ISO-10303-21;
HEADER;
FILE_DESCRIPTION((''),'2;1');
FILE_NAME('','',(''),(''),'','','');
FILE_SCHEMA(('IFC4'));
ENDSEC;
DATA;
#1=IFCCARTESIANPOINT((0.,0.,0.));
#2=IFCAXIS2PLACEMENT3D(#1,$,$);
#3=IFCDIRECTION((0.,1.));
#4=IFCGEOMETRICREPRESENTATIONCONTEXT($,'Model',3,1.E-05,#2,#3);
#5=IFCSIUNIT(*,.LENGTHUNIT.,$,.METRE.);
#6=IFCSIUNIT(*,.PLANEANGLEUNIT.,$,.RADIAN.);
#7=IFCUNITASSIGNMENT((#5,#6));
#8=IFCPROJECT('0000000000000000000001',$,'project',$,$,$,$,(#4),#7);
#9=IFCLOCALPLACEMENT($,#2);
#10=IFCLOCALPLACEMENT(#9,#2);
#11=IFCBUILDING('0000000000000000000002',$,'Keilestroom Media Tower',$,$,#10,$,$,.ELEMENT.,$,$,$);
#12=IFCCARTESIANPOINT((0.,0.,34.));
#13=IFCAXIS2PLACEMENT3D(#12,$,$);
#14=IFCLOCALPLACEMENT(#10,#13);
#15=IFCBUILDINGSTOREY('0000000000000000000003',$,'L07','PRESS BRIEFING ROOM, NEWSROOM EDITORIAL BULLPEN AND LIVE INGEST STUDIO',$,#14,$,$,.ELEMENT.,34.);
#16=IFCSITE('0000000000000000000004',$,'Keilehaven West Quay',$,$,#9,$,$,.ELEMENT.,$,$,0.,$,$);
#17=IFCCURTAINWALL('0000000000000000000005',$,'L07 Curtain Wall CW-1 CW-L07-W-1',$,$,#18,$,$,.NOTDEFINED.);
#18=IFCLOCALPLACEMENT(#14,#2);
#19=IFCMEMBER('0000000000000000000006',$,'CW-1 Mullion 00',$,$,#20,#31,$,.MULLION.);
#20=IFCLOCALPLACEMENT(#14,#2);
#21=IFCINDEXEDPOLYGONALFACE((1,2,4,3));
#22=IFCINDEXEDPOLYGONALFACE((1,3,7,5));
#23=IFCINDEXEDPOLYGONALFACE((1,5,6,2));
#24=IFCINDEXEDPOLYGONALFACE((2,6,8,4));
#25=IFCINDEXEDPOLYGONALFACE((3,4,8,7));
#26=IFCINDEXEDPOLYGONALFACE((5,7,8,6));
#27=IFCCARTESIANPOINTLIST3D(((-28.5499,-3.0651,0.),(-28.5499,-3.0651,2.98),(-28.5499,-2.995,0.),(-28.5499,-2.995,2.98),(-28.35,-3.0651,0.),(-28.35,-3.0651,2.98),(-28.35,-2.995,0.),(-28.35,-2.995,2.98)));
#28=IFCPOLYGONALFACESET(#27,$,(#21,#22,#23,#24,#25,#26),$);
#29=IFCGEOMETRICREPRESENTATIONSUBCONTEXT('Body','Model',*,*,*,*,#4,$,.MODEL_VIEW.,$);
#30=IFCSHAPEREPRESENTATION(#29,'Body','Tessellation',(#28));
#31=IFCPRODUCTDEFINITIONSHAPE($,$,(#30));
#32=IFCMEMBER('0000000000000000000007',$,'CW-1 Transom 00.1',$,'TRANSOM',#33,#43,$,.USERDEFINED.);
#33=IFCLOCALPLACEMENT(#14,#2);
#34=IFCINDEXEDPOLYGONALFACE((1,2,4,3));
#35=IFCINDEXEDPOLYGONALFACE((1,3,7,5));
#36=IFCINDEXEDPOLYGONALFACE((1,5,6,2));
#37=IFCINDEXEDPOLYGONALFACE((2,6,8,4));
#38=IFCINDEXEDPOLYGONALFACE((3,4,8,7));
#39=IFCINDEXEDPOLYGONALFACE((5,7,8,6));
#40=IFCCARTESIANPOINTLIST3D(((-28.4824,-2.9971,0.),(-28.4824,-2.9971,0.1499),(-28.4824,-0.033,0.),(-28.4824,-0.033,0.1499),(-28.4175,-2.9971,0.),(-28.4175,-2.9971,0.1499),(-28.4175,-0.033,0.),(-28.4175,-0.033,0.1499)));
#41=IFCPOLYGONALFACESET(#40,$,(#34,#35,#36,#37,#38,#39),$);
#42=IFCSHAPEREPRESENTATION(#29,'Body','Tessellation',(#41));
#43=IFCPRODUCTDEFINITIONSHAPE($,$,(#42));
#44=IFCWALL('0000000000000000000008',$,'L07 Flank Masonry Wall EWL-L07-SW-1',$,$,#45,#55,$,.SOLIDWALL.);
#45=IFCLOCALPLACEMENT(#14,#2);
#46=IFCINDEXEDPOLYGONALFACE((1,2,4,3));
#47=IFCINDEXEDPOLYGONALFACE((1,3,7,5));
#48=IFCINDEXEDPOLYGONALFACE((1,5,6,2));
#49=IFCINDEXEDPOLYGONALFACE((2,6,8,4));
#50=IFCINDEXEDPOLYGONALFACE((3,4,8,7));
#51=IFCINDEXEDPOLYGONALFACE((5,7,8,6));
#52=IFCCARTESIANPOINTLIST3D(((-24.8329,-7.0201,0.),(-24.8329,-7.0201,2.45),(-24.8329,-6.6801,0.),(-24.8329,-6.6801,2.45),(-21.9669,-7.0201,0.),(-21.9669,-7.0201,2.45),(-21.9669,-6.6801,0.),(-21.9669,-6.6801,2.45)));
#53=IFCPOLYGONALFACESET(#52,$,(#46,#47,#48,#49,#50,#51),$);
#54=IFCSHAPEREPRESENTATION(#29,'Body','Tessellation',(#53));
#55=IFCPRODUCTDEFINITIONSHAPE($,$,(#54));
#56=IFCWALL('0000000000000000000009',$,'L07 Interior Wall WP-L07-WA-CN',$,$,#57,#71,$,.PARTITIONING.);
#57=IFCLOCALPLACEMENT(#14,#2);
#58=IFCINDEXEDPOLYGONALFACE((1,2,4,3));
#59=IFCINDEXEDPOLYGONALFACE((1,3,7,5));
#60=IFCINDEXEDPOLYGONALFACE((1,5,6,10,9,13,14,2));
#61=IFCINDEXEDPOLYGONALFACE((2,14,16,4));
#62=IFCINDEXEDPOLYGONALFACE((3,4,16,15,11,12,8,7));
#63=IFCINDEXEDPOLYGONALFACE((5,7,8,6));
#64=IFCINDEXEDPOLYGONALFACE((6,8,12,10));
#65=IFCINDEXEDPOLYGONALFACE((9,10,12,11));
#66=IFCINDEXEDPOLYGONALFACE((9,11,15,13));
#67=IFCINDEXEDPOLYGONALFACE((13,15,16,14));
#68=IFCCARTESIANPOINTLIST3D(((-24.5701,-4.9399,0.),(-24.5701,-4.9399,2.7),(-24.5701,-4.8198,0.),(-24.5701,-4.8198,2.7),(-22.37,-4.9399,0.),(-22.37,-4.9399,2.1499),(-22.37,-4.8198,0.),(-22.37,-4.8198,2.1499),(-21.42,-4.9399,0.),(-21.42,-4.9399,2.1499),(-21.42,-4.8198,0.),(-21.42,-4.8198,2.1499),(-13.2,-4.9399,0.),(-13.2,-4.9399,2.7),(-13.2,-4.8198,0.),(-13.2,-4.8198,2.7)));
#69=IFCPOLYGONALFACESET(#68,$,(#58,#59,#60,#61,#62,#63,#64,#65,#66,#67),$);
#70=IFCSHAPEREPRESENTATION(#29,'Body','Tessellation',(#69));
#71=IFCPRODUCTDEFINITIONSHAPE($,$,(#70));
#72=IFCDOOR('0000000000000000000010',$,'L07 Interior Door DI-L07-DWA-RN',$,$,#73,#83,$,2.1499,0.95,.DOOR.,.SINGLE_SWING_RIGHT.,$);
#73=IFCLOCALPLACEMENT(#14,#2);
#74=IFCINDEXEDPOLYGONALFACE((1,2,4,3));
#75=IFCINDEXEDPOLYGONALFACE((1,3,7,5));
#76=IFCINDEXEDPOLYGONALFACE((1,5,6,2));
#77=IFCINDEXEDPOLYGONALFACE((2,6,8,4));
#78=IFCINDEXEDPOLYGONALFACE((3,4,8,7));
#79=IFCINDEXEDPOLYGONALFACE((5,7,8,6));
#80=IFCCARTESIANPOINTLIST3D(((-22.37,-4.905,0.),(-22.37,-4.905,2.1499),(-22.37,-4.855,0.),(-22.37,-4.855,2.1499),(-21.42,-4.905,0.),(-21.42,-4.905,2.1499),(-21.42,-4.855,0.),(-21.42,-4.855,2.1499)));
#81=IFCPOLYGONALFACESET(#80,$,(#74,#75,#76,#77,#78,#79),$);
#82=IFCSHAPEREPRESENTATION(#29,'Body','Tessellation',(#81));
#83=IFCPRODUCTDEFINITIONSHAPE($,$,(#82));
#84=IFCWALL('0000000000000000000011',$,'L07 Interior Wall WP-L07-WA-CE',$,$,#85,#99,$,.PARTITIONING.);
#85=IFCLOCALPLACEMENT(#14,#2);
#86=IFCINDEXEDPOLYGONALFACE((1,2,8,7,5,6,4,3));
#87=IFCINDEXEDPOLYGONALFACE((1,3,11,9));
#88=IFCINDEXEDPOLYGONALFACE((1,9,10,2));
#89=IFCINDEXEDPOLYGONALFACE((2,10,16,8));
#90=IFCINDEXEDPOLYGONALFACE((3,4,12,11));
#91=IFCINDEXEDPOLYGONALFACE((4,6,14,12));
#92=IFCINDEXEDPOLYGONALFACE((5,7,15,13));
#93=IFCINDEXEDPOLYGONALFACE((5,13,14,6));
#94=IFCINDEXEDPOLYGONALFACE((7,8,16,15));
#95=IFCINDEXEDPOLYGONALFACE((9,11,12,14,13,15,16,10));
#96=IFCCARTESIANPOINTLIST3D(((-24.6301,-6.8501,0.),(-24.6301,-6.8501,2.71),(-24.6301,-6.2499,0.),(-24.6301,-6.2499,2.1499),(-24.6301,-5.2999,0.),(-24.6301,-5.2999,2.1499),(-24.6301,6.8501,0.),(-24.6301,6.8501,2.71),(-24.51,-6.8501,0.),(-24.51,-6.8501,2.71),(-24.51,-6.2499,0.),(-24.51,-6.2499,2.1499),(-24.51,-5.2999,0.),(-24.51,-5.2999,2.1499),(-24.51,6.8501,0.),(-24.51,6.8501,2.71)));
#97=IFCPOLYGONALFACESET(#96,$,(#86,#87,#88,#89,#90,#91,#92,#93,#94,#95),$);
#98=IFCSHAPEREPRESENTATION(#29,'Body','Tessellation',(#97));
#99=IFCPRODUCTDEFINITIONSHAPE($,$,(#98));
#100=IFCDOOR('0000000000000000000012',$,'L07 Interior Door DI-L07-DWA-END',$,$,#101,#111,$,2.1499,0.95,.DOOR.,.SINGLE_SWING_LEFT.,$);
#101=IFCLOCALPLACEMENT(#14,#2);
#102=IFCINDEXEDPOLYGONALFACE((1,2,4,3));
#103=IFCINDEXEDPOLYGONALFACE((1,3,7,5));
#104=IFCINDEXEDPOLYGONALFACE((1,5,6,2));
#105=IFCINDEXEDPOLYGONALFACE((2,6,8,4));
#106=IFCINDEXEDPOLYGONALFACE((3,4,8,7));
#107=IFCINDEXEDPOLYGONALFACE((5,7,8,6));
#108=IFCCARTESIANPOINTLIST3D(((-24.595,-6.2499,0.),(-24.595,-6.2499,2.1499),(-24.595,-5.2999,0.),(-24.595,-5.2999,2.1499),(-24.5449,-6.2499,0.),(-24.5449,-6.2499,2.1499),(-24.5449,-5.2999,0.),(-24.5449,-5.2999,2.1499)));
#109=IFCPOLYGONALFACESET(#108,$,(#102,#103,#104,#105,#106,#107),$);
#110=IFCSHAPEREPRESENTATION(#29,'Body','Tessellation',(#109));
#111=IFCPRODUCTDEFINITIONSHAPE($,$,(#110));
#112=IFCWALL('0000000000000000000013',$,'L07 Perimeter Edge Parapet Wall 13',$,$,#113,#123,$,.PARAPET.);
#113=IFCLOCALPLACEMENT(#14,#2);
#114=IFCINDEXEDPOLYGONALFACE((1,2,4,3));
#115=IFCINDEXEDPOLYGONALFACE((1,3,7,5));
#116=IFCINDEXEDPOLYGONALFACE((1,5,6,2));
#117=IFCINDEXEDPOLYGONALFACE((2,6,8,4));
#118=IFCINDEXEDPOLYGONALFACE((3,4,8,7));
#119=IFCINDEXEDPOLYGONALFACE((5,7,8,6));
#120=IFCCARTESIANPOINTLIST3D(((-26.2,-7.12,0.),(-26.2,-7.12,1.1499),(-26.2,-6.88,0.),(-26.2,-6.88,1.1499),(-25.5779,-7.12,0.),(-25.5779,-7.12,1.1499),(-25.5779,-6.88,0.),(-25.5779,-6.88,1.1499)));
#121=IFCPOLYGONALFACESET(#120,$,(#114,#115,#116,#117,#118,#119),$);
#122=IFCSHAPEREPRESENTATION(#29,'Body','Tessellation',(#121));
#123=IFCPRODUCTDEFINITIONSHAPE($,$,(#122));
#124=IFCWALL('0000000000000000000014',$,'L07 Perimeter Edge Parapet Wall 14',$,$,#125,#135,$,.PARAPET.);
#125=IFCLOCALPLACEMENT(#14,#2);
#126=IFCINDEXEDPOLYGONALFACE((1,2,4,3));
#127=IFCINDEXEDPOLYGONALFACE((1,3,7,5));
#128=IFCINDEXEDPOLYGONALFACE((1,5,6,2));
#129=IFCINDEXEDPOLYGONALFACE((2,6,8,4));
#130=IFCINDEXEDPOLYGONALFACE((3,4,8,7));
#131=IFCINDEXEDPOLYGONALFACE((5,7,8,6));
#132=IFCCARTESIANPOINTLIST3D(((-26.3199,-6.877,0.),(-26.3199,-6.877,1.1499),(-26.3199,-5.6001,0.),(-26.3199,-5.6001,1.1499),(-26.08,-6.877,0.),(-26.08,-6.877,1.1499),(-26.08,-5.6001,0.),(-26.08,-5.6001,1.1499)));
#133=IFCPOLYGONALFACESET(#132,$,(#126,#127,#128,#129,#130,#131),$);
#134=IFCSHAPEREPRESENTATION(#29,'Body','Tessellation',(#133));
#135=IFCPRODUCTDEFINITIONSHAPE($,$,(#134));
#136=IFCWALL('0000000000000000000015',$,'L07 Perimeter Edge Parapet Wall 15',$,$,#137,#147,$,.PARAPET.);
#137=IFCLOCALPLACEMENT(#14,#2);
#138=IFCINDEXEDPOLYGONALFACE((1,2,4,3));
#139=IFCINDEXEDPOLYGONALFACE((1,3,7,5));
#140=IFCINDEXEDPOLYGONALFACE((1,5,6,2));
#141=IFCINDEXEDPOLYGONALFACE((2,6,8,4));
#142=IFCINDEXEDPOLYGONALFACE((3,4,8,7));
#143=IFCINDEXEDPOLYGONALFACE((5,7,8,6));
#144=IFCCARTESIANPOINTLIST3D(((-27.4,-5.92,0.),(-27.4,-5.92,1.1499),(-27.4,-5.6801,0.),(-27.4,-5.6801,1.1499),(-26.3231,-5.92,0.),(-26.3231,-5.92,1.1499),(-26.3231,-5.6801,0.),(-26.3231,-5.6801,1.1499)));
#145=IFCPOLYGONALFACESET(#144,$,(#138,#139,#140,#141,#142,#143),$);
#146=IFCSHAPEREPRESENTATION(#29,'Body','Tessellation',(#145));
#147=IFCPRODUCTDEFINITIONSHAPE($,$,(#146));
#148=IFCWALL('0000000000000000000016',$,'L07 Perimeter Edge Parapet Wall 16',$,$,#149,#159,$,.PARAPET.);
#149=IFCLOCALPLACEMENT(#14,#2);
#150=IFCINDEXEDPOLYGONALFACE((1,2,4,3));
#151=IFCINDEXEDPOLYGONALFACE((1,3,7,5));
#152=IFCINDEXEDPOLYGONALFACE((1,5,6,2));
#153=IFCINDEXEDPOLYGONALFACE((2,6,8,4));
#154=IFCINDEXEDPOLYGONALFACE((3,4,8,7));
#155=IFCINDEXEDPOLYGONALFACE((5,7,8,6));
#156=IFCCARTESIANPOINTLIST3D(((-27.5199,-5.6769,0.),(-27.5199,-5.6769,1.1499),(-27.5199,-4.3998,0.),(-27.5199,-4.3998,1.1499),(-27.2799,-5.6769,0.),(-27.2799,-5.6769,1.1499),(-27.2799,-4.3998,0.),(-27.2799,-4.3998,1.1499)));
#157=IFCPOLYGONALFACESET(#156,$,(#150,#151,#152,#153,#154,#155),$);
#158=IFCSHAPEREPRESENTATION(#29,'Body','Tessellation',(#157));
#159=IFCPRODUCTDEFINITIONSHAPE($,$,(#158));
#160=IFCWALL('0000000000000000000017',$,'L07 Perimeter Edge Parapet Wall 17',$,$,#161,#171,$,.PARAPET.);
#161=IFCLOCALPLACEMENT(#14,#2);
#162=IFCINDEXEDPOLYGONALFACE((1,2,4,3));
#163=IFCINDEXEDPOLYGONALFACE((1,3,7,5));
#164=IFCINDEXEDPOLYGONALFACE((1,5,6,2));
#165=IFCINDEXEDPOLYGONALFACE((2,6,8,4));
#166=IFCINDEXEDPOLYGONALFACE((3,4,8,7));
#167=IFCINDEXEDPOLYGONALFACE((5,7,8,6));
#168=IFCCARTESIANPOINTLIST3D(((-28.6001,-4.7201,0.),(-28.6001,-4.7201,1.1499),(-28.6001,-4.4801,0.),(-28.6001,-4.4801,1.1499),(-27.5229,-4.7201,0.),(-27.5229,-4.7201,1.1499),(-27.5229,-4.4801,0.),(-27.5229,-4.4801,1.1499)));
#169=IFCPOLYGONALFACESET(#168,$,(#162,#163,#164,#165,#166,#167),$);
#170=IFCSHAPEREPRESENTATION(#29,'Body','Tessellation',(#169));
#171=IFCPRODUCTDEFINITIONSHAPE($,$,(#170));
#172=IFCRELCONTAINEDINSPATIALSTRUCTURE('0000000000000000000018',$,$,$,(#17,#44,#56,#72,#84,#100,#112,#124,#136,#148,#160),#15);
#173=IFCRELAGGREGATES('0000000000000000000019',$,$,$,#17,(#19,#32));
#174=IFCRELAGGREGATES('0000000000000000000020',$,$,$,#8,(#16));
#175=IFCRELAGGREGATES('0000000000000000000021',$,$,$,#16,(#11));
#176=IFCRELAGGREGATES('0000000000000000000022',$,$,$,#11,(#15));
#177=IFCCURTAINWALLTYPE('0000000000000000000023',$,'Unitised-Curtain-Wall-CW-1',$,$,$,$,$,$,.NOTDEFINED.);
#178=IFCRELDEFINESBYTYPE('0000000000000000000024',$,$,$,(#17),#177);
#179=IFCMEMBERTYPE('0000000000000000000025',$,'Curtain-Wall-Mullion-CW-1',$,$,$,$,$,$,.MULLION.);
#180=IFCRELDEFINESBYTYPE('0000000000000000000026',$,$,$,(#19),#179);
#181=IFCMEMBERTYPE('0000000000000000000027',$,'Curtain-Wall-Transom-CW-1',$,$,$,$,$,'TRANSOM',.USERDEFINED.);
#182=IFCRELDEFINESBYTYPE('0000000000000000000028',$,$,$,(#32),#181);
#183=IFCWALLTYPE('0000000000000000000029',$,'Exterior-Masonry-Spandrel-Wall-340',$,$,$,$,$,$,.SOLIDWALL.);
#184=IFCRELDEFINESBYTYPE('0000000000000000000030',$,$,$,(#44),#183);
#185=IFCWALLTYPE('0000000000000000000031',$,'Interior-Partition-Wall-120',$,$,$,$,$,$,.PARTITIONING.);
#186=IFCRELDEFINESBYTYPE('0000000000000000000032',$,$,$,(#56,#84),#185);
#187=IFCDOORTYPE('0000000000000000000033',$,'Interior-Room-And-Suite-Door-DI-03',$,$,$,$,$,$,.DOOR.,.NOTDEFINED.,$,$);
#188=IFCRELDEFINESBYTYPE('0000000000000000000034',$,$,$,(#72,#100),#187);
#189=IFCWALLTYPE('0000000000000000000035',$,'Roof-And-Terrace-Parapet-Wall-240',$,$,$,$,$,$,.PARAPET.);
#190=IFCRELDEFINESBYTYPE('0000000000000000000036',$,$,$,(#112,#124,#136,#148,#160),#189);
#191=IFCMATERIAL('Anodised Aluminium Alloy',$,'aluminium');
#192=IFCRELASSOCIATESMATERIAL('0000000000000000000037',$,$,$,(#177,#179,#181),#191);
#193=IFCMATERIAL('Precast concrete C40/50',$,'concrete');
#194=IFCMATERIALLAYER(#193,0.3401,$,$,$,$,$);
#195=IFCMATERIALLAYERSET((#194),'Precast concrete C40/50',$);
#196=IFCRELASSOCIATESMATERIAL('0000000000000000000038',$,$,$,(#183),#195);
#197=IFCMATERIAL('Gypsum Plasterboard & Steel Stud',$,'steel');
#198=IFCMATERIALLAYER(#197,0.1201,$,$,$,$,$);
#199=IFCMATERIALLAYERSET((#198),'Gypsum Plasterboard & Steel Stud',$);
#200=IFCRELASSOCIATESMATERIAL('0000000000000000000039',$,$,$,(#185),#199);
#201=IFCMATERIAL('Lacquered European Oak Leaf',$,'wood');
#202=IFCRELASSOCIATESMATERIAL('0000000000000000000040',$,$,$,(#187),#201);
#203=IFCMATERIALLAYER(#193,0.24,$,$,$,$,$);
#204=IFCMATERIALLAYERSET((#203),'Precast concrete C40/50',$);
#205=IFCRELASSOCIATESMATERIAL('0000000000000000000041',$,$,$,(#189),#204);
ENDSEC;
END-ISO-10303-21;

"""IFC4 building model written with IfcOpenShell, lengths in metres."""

from ifc_helpers import new_model, si_unit, direction, frame, frame_2d, origin, origin_2d, place, context, subcontext, project, spatial, rectangle, extrude, source, transform, mapped, material, layer, layer_set, material_profile, profile_set, type_object, element, fill, aggregate, save


model = new_model("IFC4")

# Units and contexts
model_context = context("Model", 3, precision=1e-05, world=origin(), true_north=direction((0.0, 1.0)))
body_context = subcontext(model_context, "Body", "Model", "MODEL_VIEW")
ifc_project = project(units=[si_unit("LENGTHUNIT", "METRE"), si_unit("PLANEANGLEUNIT", "RADIAN")], contexts=[model_context])

# Site, building, storey
site_placement = place(None, origin())
site = spatial("IfcSite", under=ifc_project, at=site_placement, Name="Keilehaven West Quay", CompositionType="ELEMENT", RefElevation=0.0)
building_placement = place(site_placement, origin())
building = spatial("IfcBuilding", under=site, at=building_placement, Name="Keilestroom Media Tower", CompositionType="ELEMENT")
storey_placement = place(building_placement, frame((0.0, 0.0, 34.0)))
storey = spatial("IfcBuildingStorey", under=building, at=storey_placement, Name="L07", Description="PRESS BRIEFING ROOM, NEWSROOM EDITORIAL BULLPEN AND LIVE INGEST STUDIO", CompositionType="ELEMENT", Elevation=34.0)

# Shared definitions
ifc_material_1 = material(Name="Precast concrete C40/50", Category="concrete")

# Curtain wall, members
ifc_material_2 = material(Name="Anodised Aluminium Alloy", Category="aluminium")
curtain_wall_type = type_object("IfcCurtainWallType", Name="Unitised-Curtain-Wall-CW-1", PredefinedType="NOTDEFINED", material=ifc_material_2)
curtain_wall_placement = place(storey_placement, origin())
curtain_wall = element("IfcCurtainWall", 1, at=curtain_wall_placement, inside=storey, type_object=curtain_wall_type, Name="L07 Curtain Wall CW-1 CW-L07-W-1", PredefinedType="NOTDEFINED")
ifc_material_profile_1 = material_profile(ifc_material_2, rectangle(XDim=0.0701, YDim=0.2, at=origin_2d()), Name="ALU MULLION 70x200")
ifc_profile_set_1 = profile_set([ifc_material_profile_1], Name="Anodised Aluminium Alloy")
member_type_1 = type_object("IfcMemberType", Name="Curtain-Wall-Mullion-CW-1", PredefinedType="MULLION", material=ifc_profile_set_1)
shared_shape_1 = source(origin(), body_context, "Body", "SweptSolid", [
    extrude(rectangle(XDim=0.0701, YDim=0.2, at=origin_2d()), origin(), (0.0, 0.0, 1.0), 2.98),
])
member_1_placement = place(storey_placement, frame((-28.45, -3.03, 0.0), z_axis=(0.0, 0.0, 1.0), x_axis=(0.0, 1.0, 0.0)))
member_1 = element("IfcMember", 2, at=member_1_placement, type_object=member_type_1, Name="CW-1 Mullion 00", PredefinedType="MULLION", context=body_context, shape_type="MappedRepresentation", body=[
    mapped(shared_shape_1, transform((0.0, 0.0, 0.0), x_axis=(1.0, 0.0, 0.0), y_axis=(0.0, 1.0, 0.0), z_axis=(0.0, 0.0, 1.0), scale=1.0)),
])
ifc_material_profile_2 = material_profile(ifc_material_2, rectangle(XDim=0.0649, YDim=0.1499, at=origin_2d()), Name="ALU TRANSOM 65x150")
ifc_profile_set_2 = profile_set([ifc_material_profile_2], Name="Anodised Aluminium Alloy")
member_type_2 = type_object("IfcMemberType", Name="Curtain-Wall-Transom-CW-1", ElementType="TRANSOM", PredefinedType="USERDEFINED", material=ifc_profile_set_2)
shared_shape_2 = source(origin(), body_context, "Body", "SweptSolid", [
    extrude(rectangle(XDim=0.0649, YDim=0.1499, at=origin_2d()), origin(), (0.0, 0.0, 1.0), 2.9641),
])
member_2_placement = place(storey_placement, frame((-28.45, -2.9971, 0.075), z_axis=(0.0, 1.0, 0.0), x_axis=(-1.0, 0.0, 0.0)))
member_2 = element("IfcMember", 3, at=member_2_placement, type_object=member_type_2, Name="CW-1 Transom 00.1", ObjectType="TRANSOM", PredefinedType="USERDEFINED", context=body_context, shape_type="MappedRepresentation", body=[
    mapped(shared_shape_2, transform((0.0, 0.0, 0.0), x_axis=(1.0, 0.0, 0.0), y_axis=(0.0, 1.0, 0.0), z_axis=(0.0, 0.0, 1.0), scale=1.0)),
])
aggregate(curtain_wall, [member_1, member_2])

# Wall
ifc_layer_1 = layer(ifc_material_1, 0.3401)
ifc_layer_set_1 = layer_set([ifc_layer_1], Name="Precast concrete C40/50")
wall_type_1 = type_object("IfcWallType", Name="Exterior-Masonry-Spandrel-Wall-340", PredefinedType="SOLIDWALL", material=ifc_layer_set_1)
wall_1_placement = place(storey_placement, frame((-24.833, -6.8501, 0.0), z_axis=(0.0, 0.0, 1.0), x_axis=(1.0, 0.0, 0.0)))
element("IfcWall", 4, at=wall_1_placement, inside=storey, type_object=wall_type_1, Name="L07 Flank Masonry Wall EWL-L07-SW-1", PredefinedType="SOLIDWALL", context=body_context, shape_type="SweptSolid", body=[
    extrude(rectangle(XDim=2.866, YDim=0.3401, at=frame_2d((1.4331, 0.0))), origin(), (0.0, 0.0, 1.0), 2.45),
])

# Walls, openings, doors
ifc_material_3 = material(Name="Gypsum Plasterboard & Steel Stud", Category="steel")
ifc_layer_2 = layer(ifc_material_3, 0.1201)
ifc_layer_set_2 = layer_set([ifc_layer_2], Name="Gypsum Plasterboard & Steel Stud")
wall_type_2 = type_object("IfcWallType", Name="Interior-Partition-Wall-120", PredefinedType="PARTITIONING", material=ifc_layer_set_2)
wall_2_placement = place(storey_placement, frame((-24.5701, -4.8799, 0.0), z_axis=(0.0, 0.0, 1.0), x_axis=(1.0, 0.0, 0.0)))
wall_2 = element("IfcWall", 5, at=wall_2_placement, inside=storey, type_object=wall_type_2, Name="L07 Interior Wall WP-L07-WA-CN", PredefinedType="PARTITIONING", context=body_context, shape_type="SweptSolid", body=[
    extrude(rectangle(XDim=11.3701, YDim=0.1201, at=frame_2d((5.6851, 0.0))), origin(), (0.0, 0.0, 1.0), 2.7),
])
opening_1_placement = place(wall_2_placement, frame((2.2, 0.0, 0.0)))
opening_1 = element("IfcOpeningElement", 6, at=opening_1_placement, cuts=wall_2, PredefinedType="OPENING", context=body_context, shape_type="SweptSolid", body=[
    extrude(rectangle(XDim=0.95, YDim=2.1499, at=frame_2d((0.4751, 1.075))), frame((0.0, 0.0701, 0.0), z_axis=(0.0, -1.0, 0.0), x_axis=(1.0, 0.0, 0.0)), (0.0, 0.0, 1.0), 0.1401),
])
ifc_material_4 = material(Name="Lacquered European Oak Leaf", Category="wood")
door_type = type_object("IfcDoorType", Name="Interior-Room-And-Suite-Door-DI-03", OperationType="NOTDEFINED", PredefinedType="DOOR", material=ifc_material_4)
shared_shape_3 = source(origin(), body_context, "Body", "SweptSolid", [
    extrude(rectangle(XDim=0.95, YDim=2.1499, at=frame_2d((0.4751, 1.075))), frame((0.0, 0.0249, 0.0), z_axis=(0.0, -1.0, 0.0), x_axis=(1.0, 0.0, 0.0)), (0.0, 0.0, 1.0), 0.05),
])
door_1_placement = place(opening_1_placement, origin())
door_1 = element("IfcDoor", 7, at=door_1_placement, inside=storey, type_object=door_type, Name="L07 Interior Door DI-L07-DWA-RN", OperationType="SINGLE_SWING_RIGHT", OverallHeight=2.1499, OverallWidth=0.95, PredefinedType="DOOR", context=body_context, shape_type="MappedRepresentation", body=[
    mapped(shared_shape_3, transform((0.0, 0.0, 0.0), x_axis=(1.0, 0.0, 0.0), y_axis=(0.0, 1.0, 0.0), z_axis=(0.0, 0.0, 1.0), scale=1.0)),
])
fill(opening_1, door_1)
wall_3_placement = place(storey_placement, frame((-24.5701, -6.8501, 0.0), z_axis=(0.0, 0.0, 1.0), x_axis=(0.0, 1.0, 0.0)))
wall_3 = element("IfcWall", 8, at=wall_3_placement, inside=storey, type_object=wall_type_2, Name="L07 Interior Wall WP-L07-WA-CE", PredefinedType="PARTITIONING", context=body_context, shape_type="SweptSolid", body=[
    extrude(rectangle(XDim=13.7002, YDim=0.1201, at=frame_2d((6.8501, 0.0))), origin(), (0.0, 0.0, 1.0), 2.71),
])
opening_2_placement = place(wall_3_placement, frame((0.6001, 0.0, 0.0)))
opening_2 = element("IfcOpeningElement", 9, at=opening_2_placement, cuts=wall_3, PredefinedType="OPENING", context=body_context, shape_type="SweptSolid", body=[
    extrude(rectangle(XDim=0.95, YDim=2.1499, at=frame_2d((0.4751, 1.075))), frame((0.0, 0.0701, 0.0), z_axis=(0.0, -1.0, 0.0), x_axis=(1.0, 0.0, 0.0)), (0.0, 0.0, 1.0), 0.1401),
])
door_2_placement = place(opening_2_placement, origin())
door_2 = element("IfcDoor", 10, at=door_2_placement, inside=storey, type_object=door_type, Name="L07 Interior Door DI-L07-DWA-END", OperationType="SINGLE_SWING_LEFT", OverallHeight=2.1499, OverallWidth=0.95, PredefinedType="DOOR", context=body_context, shape_type="MappedRepresentation", body=[
    mapped(shared_shape_3, transform((0.0, 0.0, 0.0), x_axis=(1.0, 0.0, 0.0), y_axis=(0.0, 1.0, 0.0), z_axis=(0.0, 0.0, 1.0), scale=1.0)),
])
fill(opening_2, door_2)

# Walls
ifc_layer_3 = layer(ifc_material_1, 0.24)
ifc_layer_set_3 = layer_set([ifc_layer_3], Name="Precast concrete C40/50")
wall_type_3 = type_object("IfcWallType", Name="Roof-And-Terrace-Parapet-Wall-240", PredefinedType="PARAPET", material=ifc_layer_set_3)
wall_4_placement = place(storey_placement, frame((-25.5779, -7.0, 0.0), z_axis=(0.0, 0.0, 1.0), x_axis=(-1.0, 0.0, 0.0)))
element("IfcWall", 11, at=wall_4_placement, inside=storey, type_object=wall_type_3, Name="L07 Perimeter Edge Parapet Wall 13", PredefinedType="PARAPET", context=body_context, shape_type="SweptSolid", body=[
    extrude(rectangle(XDim=0.6221, YDim=0.24, at=frame_2d((0.311, 0.0))), origin(), (0.0, 0.0, 1.0), 1.1499),
])
wall_5_placement = place(storey_placement, frame((-26.2, -6.877, 0.0), z_axis=(0.0, 0.0, 1.0), x_axis=(0.0, 1.0, 0.0)))
element("IfcWall", 12, at=wall_5_placement, inside=storey, type_object=wall_type_3, Name="L07 Perimeter Edge Parapet Wall 14", PredefinedType="PARAPET", context=body_context, shape_type="SweptSolid", body=[
    extrude(rectangle(XDim=1.2769, YDim=0.24, at=frame_2d((0.6384, 0.0))), origin(), (0.0, 0.0, 1.0), 1.1499),
])
wall_6_placement = place(storey_placement, frame((-26.323, -5.8, 0.0), z_axis=(0.0, 0.0, 1.0), x_axis=(-1.0, 0.0, 0.0)))
element("IfcWall", 13, at=wall_6_placement, inside=storey, type_object=wall_type_3, Name="L07 Perimeter Edge Parapet Wall 15", PredefinedType="PARAPET", context=body_context, shape_type="SweptSolid", body=[
    extrude(rectangle(XDim=1.0769, YDim=0.24, at=frame_2d((0.5386, 0.0))), origin(), (0.0, 0.0, 1.0), 1.1499),
])
wall_7_placement = place(storey_placement, frame((-27.3999, -5.677, 0.0), z_axis=(0.0, 0.0, 1.0), x_axis=(0.0, 1.0, 0.0)))
element("IfcWall", 14, at=wall_7_placement, inside=storey, type_object=wall_type_3, Name="L07 Perimeter Edge Parapet Wall 16", PredefinedType="PARAPET", context=body_context, shape_type="SweptSolid", body=[
    extrude(rectangle(XDim=1.2771, YDim=0.24, at=frame_2d((0.6387, 0.0))), origin(), (0.0, 0.0, 1.0), 1.1499),
])
wall_8_placement = place(storey_placement, frame((-27.5229, -4.6001, 0.0), z_axis=(0.0, 0.0, 1.0), x_axis=(-1.0, 0.0, 0.0)))
element("IfcWall", 15, at=wall_8_placement, inside=storey, type_object=wall_type_3, Name="L07 Perimeter Edge Parapet Wall 17", PredefinedType="PARAPET", context=body_context, shape_type="SweptSolid", body=[
    extrude(rectangle(XDim=1.0771, YDim=0.24, at=frame_2d((0.5386, 0.0))), origin(), (0.0, 0.0, 1.0), 1.1499),
])

save(model, "model.ifc")
